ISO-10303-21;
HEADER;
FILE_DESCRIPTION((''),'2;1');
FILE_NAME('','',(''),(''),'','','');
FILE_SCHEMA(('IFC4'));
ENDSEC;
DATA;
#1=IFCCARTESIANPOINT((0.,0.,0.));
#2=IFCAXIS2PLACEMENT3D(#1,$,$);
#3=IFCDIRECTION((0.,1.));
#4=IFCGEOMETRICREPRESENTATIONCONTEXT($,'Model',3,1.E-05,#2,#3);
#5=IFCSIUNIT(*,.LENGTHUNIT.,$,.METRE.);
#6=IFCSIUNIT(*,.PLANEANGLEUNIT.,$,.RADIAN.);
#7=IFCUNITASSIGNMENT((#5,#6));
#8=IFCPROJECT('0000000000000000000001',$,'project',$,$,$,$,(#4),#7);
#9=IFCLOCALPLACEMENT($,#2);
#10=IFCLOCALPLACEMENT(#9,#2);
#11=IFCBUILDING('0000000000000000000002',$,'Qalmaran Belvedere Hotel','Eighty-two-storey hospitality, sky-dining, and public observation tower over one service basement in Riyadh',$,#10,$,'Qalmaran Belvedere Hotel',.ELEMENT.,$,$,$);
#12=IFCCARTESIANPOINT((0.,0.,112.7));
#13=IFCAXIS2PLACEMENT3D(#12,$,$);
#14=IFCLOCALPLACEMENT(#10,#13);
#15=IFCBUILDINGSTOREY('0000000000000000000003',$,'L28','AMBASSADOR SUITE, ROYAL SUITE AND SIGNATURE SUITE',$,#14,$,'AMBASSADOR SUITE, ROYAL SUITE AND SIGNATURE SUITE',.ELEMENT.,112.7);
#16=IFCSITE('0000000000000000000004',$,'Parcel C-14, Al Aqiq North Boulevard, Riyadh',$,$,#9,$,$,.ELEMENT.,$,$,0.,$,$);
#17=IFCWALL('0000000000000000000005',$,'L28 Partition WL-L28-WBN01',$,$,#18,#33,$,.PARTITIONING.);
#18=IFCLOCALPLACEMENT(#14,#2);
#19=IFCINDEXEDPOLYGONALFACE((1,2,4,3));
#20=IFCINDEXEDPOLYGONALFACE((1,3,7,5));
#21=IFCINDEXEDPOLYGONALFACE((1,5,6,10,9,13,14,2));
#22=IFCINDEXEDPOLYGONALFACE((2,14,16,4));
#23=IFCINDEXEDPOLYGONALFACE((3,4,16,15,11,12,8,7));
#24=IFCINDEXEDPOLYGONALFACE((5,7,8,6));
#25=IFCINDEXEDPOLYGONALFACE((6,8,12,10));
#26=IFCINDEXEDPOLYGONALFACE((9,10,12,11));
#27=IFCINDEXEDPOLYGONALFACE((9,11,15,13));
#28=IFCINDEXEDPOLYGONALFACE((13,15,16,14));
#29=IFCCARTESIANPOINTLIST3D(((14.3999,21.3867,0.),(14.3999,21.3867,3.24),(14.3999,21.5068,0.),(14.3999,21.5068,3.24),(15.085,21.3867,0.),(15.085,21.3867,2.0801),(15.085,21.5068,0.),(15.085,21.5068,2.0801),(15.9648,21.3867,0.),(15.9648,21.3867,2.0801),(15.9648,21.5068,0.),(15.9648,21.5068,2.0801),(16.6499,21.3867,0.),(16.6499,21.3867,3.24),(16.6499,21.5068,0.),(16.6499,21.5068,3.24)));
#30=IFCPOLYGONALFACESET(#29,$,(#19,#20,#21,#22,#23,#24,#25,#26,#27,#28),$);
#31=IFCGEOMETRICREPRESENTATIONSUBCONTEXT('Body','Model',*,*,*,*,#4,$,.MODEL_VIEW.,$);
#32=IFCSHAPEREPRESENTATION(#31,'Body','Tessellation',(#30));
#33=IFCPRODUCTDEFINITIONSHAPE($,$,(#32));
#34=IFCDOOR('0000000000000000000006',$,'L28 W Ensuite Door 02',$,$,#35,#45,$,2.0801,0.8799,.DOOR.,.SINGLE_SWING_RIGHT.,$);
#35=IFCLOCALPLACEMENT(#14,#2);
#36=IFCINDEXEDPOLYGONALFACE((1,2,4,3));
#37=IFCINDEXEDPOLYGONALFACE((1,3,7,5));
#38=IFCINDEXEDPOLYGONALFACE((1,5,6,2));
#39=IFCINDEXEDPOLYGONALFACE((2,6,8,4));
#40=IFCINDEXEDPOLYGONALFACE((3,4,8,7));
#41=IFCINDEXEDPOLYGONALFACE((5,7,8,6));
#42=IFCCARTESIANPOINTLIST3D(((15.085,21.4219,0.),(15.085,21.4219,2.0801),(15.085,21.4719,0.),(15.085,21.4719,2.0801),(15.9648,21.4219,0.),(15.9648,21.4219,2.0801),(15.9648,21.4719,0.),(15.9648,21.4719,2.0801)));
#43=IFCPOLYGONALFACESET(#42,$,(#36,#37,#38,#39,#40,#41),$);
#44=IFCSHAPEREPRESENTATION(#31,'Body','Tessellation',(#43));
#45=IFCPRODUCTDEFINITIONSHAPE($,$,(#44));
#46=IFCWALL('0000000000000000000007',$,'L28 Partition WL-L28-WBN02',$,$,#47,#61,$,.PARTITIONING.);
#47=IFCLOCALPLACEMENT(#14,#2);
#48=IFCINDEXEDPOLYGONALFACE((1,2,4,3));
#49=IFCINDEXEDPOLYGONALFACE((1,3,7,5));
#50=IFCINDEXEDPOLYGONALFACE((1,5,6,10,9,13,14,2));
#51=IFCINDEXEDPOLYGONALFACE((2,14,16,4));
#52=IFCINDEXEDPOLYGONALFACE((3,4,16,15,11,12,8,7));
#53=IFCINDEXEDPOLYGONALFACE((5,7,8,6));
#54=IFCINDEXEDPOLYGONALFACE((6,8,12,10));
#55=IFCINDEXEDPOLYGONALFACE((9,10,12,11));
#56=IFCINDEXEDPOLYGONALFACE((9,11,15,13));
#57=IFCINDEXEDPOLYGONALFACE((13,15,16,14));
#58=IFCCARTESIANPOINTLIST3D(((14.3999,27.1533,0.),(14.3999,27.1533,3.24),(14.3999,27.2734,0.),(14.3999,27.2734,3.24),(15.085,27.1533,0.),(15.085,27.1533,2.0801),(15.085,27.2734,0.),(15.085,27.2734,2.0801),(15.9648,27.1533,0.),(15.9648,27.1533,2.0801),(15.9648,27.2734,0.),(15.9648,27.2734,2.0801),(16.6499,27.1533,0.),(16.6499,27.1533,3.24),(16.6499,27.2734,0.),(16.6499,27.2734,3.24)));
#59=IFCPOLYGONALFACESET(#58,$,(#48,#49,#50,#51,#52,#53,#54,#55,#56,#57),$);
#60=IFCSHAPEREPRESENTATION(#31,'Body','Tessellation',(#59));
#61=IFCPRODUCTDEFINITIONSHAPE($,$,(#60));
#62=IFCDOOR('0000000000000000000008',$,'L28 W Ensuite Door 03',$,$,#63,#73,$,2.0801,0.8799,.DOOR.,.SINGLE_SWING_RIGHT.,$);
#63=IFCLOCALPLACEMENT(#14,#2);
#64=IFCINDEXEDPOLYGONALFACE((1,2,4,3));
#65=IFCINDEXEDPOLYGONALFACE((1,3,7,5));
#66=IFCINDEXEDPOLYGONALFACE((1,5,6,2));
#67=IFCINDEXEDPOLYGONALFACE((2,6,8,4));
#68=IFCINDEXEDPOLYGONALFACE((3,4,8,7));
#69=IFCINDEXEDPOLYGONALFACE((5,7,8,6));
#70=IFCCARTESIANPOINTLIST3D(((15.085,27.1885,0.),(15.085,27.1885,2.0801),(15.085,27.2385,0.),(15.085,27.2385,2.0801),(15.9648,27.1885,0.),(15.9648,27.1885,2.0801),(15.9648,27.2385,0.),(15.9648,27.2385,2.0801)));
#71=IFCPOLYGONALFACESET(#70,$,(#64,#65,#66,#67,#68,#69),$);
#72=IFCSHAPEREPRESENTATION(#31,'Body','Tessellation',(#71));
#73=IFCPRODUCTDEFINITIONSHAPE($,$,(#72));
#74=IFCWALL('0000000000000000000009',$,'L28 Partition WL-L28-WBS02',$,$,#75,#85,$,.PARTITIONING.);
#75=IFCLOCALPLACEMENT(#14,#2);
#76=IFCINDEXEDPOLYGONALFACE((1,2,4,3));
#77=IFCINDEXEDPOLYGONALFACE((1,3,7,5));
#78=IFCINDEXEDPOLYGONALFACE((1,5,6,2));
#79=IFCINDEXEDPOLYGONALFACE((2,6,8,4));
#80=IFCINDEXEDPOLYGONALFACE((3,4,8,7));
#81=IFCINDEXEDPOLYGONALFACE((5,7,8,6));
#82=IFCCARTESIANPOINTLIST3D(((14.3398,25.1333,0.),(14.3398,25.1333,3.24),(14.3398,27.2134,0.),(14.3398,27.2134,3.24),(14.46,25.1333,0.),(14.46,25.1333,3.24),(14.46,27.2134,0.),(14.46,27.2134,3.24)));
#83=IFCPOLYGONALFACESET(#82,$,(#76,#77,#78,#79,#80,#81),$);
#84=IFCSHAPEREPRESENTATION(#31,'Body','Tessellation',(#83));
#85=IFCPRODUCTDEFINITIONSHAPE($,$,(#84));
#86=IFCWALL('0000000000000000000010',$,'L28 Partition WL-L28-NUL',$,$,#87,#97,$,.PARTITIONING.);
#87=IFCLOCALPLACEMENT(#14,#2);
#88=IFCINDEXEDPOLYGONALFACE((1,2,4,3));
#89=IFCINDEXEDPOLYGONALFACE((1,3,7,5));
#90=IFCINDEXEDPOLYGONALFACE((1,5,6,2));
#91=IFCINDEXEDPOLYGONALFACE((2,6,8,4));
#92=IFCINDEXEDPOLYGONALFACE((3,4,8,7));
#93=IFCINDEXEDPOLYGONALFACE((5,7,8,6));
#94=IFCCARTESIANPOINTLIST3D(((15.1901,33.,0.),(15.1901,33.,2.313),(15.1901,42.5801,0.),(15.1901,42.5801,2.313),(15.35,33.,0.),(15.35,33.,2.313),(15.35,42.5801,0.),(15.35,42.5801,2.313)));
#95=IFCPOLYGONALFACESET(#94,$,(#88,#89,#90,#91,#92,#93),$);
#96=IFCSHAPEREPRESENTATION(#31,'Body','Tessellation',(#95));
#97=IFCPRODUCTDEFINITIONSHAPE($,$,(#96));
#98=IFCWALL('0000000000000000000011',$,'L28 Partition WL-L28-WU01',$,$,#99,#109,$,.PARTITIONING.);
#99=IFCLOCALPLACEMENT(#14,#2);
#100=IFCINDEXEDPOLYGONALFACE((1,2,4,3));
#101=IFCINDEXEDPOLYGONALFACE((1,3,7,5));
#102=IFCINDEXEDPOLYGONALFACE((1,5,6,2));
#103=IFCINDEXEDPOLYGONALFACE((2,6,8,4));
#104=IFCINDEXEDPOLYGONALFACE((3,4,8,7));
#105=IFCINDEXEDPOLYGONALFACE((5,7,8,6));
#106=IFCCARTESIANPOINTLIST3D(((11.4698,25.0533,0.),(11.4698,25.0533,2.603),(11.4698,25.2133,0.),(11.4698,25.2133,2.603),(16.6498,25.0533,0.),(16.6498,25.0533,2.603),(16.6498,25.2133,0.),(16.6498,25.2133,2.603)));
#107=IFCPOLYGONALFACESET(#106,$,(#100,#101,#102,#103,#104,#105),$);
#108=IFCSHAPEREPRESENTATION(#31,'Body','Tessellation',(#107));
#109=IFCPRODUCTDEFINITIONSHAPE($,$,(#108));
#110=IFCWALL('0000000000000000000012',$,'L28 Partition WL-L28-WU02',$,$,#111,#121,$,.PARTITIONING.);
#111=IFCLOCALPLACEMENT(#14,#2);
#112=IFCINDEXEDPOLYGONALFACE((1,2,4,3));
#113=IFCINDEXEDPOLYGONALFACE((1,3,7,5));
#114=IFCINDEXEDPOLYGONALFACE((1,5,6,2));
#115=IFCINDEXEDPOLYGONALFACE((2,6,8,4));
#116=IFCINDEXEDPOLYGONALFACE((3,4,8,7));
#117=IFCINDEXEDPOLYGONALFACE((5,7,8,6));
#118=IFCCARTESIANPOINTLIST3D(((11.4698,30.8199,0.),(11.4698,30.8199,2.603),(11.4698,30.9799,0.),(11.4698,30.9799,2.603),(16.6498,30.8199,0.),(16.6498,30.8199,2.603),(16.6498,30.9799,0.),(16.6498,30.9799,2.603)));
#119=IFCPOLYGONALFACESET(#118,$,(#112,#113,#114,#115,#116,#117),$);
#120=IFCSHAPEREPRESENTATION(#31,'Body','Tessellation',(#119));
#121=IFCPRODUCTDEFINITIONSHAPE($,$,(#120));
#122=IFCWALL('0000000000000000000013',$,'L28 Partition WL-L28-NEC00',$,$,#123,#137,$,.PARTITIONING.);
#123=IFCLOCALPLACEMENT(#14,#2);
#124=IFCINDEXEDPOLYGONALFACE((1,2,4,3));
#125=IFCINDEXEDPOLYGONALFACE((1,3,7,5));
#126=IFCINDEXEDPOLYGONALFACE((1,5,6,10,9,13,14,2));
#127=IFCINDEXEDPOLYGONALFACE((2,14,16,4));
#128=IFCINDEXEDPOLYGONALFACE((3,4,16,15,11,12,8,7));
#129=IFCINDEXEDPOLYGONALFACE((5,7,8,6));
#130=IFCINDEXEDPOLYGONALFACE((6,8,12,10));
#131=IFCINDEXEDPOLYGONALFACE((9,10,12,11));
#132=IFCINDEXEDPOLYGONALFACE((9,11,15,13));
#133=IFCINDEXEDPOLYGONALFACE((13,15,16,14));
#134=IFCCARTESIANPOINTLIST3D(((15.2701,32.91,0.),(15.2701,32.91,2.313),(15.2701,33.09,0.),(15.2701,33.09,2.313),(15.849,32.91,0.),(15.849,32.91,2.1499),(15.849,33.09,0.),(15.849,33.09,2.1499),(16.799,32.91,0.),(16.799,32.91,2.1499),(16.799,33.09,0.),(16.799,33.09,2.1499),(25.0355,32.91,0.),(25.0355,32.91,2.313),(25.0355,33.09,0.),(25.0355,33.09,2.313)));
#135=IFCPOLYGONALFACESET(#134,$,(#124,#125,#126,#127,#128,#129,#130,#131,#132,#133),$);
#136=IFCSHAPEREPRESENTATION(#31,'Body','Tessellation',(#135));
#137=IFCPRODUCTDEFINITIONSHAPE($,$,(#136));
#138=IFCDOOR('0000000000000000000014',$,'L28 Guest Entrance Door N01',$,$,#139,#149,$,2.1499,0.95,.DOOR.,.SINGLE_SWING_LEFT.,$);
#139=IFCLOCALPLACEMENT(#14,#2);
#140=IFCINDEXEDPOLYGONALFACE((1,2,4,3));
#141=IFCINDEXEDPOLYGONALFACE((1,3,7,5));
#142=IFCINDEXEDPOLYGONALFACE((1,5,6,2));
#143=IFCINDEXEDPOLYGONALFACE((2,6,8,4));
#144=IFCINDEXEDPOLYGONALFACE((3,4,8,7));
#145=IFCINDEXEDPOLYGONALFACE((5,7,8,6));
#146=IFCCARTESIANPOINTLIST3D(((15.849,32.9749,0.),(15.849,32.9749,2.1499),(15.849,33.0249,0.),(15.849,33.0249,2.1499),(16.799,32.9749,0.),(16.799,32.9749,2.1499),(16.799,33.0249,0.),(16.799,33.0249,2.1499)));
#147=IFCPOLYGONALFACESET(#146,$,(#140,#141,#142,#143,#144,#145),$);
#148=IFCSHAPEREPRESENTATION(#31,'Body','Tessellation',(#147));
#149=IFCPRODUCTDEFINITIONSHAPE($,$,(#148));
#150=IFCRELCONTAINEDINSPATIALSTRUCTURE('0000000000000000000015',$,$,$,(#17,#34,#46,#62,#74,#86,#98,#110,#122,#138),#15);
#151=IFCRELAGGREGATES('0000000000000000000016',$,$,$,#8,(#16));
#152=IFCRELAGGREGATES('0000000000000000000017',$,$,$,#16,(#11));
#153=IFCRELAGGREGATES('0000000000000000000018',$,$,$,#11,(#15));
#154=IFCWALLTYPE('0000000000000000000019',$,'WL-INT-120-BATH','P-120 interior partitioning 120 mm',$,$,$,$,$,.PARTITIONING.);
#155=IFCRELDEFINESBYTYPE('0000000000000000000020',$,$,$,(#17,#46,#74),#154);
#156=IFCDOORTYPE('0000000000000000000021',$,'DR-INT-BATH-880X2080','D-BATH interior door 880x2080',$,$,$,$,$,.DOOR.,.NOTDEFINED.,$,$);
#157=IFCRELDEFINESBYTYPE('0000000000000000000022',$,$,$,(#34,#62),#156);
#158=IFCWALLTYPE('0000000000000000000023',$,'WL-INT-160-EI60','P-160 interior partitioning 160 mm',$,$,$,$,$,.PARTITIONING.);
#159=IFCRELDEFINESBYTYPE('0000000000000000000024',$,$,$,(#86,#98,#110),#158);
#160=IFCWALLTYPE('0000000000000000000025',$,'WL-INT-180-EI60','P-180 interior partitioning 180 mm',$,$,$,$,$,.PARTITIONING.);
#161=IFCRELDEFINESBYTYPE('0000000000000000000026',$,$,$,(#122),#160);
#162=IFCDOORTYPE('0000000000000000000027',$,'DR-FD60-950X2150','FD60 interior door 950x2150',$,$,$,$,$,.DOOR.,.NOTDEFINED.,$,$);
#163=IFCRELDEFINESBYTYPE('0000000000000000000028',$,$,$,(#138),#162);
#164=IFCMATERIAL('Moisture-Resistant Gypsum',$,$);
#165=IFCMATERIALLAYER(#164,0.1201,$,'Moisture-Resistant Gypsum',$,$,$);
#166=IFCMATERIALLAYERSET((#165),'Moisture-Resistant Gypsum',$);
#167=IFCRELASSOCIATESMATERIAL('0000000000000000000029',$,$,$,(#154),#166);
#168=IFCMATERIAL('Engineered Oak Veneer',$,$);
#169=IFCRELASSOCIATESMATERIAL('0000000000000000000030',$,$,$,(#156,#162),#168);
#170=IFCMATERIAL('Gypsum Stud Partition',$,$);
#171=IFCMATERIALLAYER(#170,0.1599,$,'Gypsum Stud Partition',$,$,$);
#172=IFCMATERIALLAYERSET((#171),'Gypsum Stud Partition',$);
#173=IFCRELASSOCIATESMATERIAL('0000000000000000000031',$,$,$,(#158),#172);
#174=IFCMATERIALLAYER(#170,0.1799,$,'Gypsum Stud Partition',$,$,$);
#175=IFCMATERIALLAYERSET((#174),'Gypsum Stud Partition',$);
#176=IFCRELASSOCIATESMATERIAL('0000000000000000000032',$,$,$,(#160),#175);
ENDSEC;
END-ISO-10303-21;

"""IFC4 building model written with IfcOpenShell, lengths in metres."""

from ifc_helpers import new_model, si_unit, direction, frame, frame_2d, origin, place, context, subcontext, project, spatial, rectangle, extrude, material, layer, layer_set, type_object, element, fill, save


model = new_model("IFC4")

# Units and contexts
model_context = context("Model", 3, precision=1e-05, world=origin(), true_north=direction((0.0, 1.0)))
body_context = subcontext(model_context, "Body", "Model", "MODEL_VIEW")
ifc_project = project(units=[si_unit("LENGTHUNIT", "METRE"), si_unit("PLANEANGLEUNIT", "RADIAN")], contexts=[model_context])

# Site, building, storey
site_placement = place(None, origin())
site = spatial("IfcSite", under=ifc_project, at=site_placement, Name="Parcel C-14, Al Aqiq North Boulevard, Riyadh", CompositionType="ELEMENT", RefElevation=0.0)
building_placement = place(site_placement, origin())
building = spatial("IfcBuilding", under=site, at=building_placement, Name="Qalmaran Belvedere Hotel", Description="Eighty-two-storey hospitality, sky-dining, and public observation tower over one service basement in Riyadh", LongName="Qalmaran Belvedere Hotel", CompositionType="ELEMENT")
storey_placement = place(building_placement, frame((0.0, 0.0, 112.7)))
storey = spatial("IfcBuildingStorey", under=building, at=storey_placement, Name="L28", Description="AMBASSADOR SUITE, ROYAL SUITE AND SIGNATURE SUITE", LongName="AMBASSADOR SUITE, ROYAL SUITE AND SIGNATURE SUITE", CompositionType="ELEMENT", Elevation=112.7)

# Walls, openings, doors
ifc_material_1 = material(Name="Moisture-Resistant Gypsum")
ifc_layer_1 = layer(ifc_material_1, 0.1201, Name="Moisture-Resistant Gypsum")
ifc_layer_set_1 = layer_set([ifc_layer_1], Name="Moisture-Resistant Gypsum")
wall_type_1 = type_object("IfcWallType", Name="WL-INT-120-BATH", Description="P-120 interior partitioning 120 mm", PredefinedType="PARTITIONING", material=ifc_layer_set_1)
wall_1_placement = place(storey_placement, frame((14.3999, 21.4468, 0.0), z_axis=(0.0, 0.0, 1.0), x_axis=(1.0, 0.0, 0.0)))
wall_1 = element("IfcWall", 1, at=wall_1_placement, inside=storey, type_object=wall_type_1, Name="L28 Partition WL-L28-WBN01", PredefinedType="PARTITIONING", context=body_context, shape_type="SweptSolid", body=[
    extrude(rectangle(XDim=2.25, YDim=0.1201, at=frame_2d((1.125, 0.0))), origin(), (0.0, 0.0, 1.0), 3.24),
])
opening_1_placement = place(wall_1_placement, frame((1.5649, 0.0, 0.0), z_axis=(0.0, 0.0, 1.0), x_axis=(-1.0, 0.0, 0.0)))
opening_1 = element("IfcOpeningElement", 2, at=opening_1_placement, cuts=wall_1, PredefinedType="OPENING", context=body_context, shape_type="SweptSolid", body=[
    extrude(rectangle(XDim=0.8799, YDim=2.0801, at=frame_2d((0.4399, 1.04))), frame((0.0, 0.0701, 0.0), z_axis=(0.0, -1.0, 0.0), x_axis=(1.0, 0.0, 0.0)), (0.0, 0.0, 1.0), 0.1401),
])
ifc_material_2 = material(Name="Engineered Oak Veneer")
door_type_1 = type_object("IfcDoorType", Name="DR-INT-BATH-880X2080", Description="D-BATH interior door 880x2080", OperationType="NOTDEFINED", PredefinedType="DOOR", material=ifc_material_2)
door_1_placement = place(opening_1_placement, origin())
door_1 = element("IfcDoor", 3, at=door_1_placement, inside=storey, type_object=door_type_1, Name="L28 W Ensuite Door 02", OperationType="SINGLE_SWING_RIGHT", OverallHeight=2.0801, OverallWidth=0.8799, PredefinedType="DOOR", context=body_context, shape_type="SweptSolid", body=[
    extrude(rectangle(XDim=0.8799, YDim=2.0801, at=frame_2d((0.4399, 1.04))), frame((0.0, 0.0249, 0.0), z_axis=(0.0, -1.0, 0.0), x_axis=(1.0, 0.0, 0.0)), (0.0, 0.0, 1.0), 0.05),
])
fill(opening_1, door_1)
wall_2_placement = place(storey_placement, frame((14.3999, 27.2134, 0.0), z_axis=(0.0, 0.0, 1.0), x_axis=(1.0, 0.0, 0.0)))
wall_2 = element("IfcWall", 4, at=wall_2_placement, inside=storey, type_object=wall_type_1, Name="L28 Partition WL-L28-WBN02", PredefinedType="PARTITIONING", context=body_context, shape_type="SweptSolid", body=[
    extrude(rectangle(XDim=2.25, YDim=0.1201, at=frame_2d((1.125, 0.0))), origin(), (0.0, 0.0, 1.0), 3.24),
])
opening_2_placement = place(wall_2_placement, frame((1.5649, 0.0, 0.0), z_axis=(0.0, 0.0, 1.0), x_axis=(-1.0, 0.0, 0.0)))
opening_2 = element("IfcOpeningElement", 5, at=opening_2_placement, cuts=wall_2, PredefinedType="OPENING", context=body_context, shape_type="SweptSolid", body=[
    extrude(rectangle(XDim=0.8799, YDim=2.0801, at=frame_2d((0.4399, 1.04))), frame((0.0, 0.0701, 0.0), z_axis=(0.0, -1.0, 0.0), x_axis=(1.0, 0.0, 0.0)), (0.0, 0.0, 1.0), 0.1401),
])
door_2_placement = place(opening_2_placement, origin())
door_2 = element("IfcDoor", 6, at=door_2_placement, inside=storey, type_object=door_type_1, Name="L28 W Ensuite Door 03", OperationType="SINGLE_SWING_RIGHT", OverallHeight=2.0801, OverallWidth=0.8799, PredefinedType="DOOR", context=body_context, shape_type="SweptSolid", body=[
    extrude(rectangle(XDim=0.8799, YDim=2.0801, at=frame_2d((0.4399, 1.04))), frame((0.0, 0.0249, 0.0), z_axis=(0.0, -1.0, 0.0), x_axis=(1.0, 0.0, 0.0)), (0.0, 0.0, 1.0), 0.05),
])
fill(opening_2, door_2)

# Walls
wall_3_placement = place(storey_placement, frame((14.3999, 25.1333, 0.0), z_axis=(0.0, 0.0, 1.0), x_axis=(0.0, 1.0, 0.0)))
element("IfcWall", 7, at=wall_3_placement, inside=storey, type_object=wall_type_1, Name="L28 Partition WL-L28-WBS02", PredefinedType="PARTITIONING", context=body_context, shape_type="SweptSolid", body=[
    extrude(rectangle(XDim=2.0801, YDim=0.1201, at=frame_2d((1.04, 0.0))), origin(), (0.0, 0.0, 1.0), 3.24),
])
ifc_material_3 = material(Name="Gypsum Stud Partition")
ifc_layer_2 = layer(ifc_material_3, 0.1599, Name="Gypsum Stud Partition")
ifc_layer_set_2 = layer_set([ifc_layer_2], Name="Gypsum Stud Partition")
wall_type_2 = type_object("IfcWallType", Name="WL-INT-160-EI60", Description="P-160 interior partitioning 160 mm", PredefinedType="PARTITIONING", material=ifc_layer_set_2)
wall_4_placement = place(storey_placement, frame((15.27, 33.0, 0.0), z_axis=(0.0, 0.0, 1.0), x_axis=(0.0, 1.0, 0.0)))
element("IfcWall", 8, at=wall_4_placement, inside=storey, type_object=wall_type_2, Name="L28 Partition WL-L28-NUL", PredefinedType="PARTITIONING", context=body_context, shape_type="SweptSolid", body=[
    extrude(rectangle(XDim=9.5801, YDim=0.1599, at=frame_2d((4.79, 0.0))), origin(), (0.0, 0.0, 1.0), 2.313),
])
for number, where, z_axis, x_axis, name in (
    (9, (11.47, 25.1333, 0.0), (0.0, 0.0, 1.0), (1.0, 0.0, 0.0), "L28 Partition WL-L28-WU01"),
    (10, (11.47, 30.8999, 0.0), (0.0, 0.0, 1.0), (1.0, 0.0, 0.0), "L28 Partition WL-L28-WU02"),
):
    element("IfcWall", number, at=place(storey_placement, frame(where, z_axis=z_axis, x_axis=x_axis)), inside=storey, type_object=wall_type_2, Name=name, PredefinedType="PARTITIONING", context=body_context, shape_type="SweptSolid", body=[
        extrude(rectangle(XDim=5.1799, YDim=0.1599, at=frame_2d((2.5898, 0.0))), origin(), (0.0, 0.0, 1.0), 2.603),
    ])

# Wall, opening, door
ifc_layer_3 = layer(ifc_material_3, 0.1799, Name="Gypsum Stud Partition")
ifc_layer_set_3 = layer_set([ifc_layer_3], Name="Gypsum Stud Partition")
wall_type_3 = type_object("IfcWallType", Name="WL-INT-180-EI60", Description="P-180 interior partitioning 180 mm", PredefinedType="PARTITIONING", material=ifc_layer_set_3)
wall_5_placement = place(storey_placement, frame((15.27, 33.0, 0.0), z_axis=(0.0, 0.0, 1.0), x_axis=(1.0, 0.0, 0.0)))
wall_5 = element("IfcWall", 11, at=wall_5_placement, inside=storey, type_object=wall_type_3, Name="L28 Partition WL-L28-NEC00", PredefinedType="PARTITIONING", context=body_context, shape_type="SweptSolid", body=[
    extrude(rectangle(XDim=9.7654, YDim=0.1799, at=frame_2d((4.8828, 0.0))), origin(), (0.0, 0.0, 1.0), 2.313),
])
opening_3_placement = place(wall_5_placement, frame((0.5789, 0.0, 0.0)))
opening_3 = element("IfcOpeningElement", 12, at=opening_3_placement, cuts=wall_5, PredefinedType="OPENING", context=body_context, shape_type="SweptSolid", body=[
    extrude(rectangle(XDim=0.95, YDim=2.1499, at=frame_2d((0.4751, 1.075))), frame((0.0, 0.1001, 0.0), z_axis=(0.0, -1.0, 0.0), x_axis=(1.0, 0.0, 0.0)), (0.0, 0.0, 1.0), 0.2),
])
door_type_2 = type_object("IfcDoorType", Name="DR-FD60-950X2150", Description="FD60 interior door 950x2150", OperationType="NOTDEFINED", PredefinedType="DOOR", material=ifc_material_2)
door_3_placement = place(opening_3_placement, origin())
door_3 = element("IfcDoor", 13, at=door_3_placement, inside=storey, type_object=door_type_2, Name="L28 Guest Entrance Door N01", OperationType="SINGLE_SWING_LEFT", OverallHeight=2.1499, OverallWidth=0.95, PredefinedType="DOOR", context=body_context, shape_type="SweptSolid", body=[
    extrude(rectangle(XDim=0.95, YDim=2.1499, at=frame_2d((0.4751, 1.075))), frame((0.0, 0.0249, 0.0), z_axis=(0.0, -1.0, 0.0), x_axis=(1.0, 0.0, 0.0)), (0.0, 0.0, 1.0), 0.05),
])
fill(opening_3, door_3)

save(model, "model.ifc")
